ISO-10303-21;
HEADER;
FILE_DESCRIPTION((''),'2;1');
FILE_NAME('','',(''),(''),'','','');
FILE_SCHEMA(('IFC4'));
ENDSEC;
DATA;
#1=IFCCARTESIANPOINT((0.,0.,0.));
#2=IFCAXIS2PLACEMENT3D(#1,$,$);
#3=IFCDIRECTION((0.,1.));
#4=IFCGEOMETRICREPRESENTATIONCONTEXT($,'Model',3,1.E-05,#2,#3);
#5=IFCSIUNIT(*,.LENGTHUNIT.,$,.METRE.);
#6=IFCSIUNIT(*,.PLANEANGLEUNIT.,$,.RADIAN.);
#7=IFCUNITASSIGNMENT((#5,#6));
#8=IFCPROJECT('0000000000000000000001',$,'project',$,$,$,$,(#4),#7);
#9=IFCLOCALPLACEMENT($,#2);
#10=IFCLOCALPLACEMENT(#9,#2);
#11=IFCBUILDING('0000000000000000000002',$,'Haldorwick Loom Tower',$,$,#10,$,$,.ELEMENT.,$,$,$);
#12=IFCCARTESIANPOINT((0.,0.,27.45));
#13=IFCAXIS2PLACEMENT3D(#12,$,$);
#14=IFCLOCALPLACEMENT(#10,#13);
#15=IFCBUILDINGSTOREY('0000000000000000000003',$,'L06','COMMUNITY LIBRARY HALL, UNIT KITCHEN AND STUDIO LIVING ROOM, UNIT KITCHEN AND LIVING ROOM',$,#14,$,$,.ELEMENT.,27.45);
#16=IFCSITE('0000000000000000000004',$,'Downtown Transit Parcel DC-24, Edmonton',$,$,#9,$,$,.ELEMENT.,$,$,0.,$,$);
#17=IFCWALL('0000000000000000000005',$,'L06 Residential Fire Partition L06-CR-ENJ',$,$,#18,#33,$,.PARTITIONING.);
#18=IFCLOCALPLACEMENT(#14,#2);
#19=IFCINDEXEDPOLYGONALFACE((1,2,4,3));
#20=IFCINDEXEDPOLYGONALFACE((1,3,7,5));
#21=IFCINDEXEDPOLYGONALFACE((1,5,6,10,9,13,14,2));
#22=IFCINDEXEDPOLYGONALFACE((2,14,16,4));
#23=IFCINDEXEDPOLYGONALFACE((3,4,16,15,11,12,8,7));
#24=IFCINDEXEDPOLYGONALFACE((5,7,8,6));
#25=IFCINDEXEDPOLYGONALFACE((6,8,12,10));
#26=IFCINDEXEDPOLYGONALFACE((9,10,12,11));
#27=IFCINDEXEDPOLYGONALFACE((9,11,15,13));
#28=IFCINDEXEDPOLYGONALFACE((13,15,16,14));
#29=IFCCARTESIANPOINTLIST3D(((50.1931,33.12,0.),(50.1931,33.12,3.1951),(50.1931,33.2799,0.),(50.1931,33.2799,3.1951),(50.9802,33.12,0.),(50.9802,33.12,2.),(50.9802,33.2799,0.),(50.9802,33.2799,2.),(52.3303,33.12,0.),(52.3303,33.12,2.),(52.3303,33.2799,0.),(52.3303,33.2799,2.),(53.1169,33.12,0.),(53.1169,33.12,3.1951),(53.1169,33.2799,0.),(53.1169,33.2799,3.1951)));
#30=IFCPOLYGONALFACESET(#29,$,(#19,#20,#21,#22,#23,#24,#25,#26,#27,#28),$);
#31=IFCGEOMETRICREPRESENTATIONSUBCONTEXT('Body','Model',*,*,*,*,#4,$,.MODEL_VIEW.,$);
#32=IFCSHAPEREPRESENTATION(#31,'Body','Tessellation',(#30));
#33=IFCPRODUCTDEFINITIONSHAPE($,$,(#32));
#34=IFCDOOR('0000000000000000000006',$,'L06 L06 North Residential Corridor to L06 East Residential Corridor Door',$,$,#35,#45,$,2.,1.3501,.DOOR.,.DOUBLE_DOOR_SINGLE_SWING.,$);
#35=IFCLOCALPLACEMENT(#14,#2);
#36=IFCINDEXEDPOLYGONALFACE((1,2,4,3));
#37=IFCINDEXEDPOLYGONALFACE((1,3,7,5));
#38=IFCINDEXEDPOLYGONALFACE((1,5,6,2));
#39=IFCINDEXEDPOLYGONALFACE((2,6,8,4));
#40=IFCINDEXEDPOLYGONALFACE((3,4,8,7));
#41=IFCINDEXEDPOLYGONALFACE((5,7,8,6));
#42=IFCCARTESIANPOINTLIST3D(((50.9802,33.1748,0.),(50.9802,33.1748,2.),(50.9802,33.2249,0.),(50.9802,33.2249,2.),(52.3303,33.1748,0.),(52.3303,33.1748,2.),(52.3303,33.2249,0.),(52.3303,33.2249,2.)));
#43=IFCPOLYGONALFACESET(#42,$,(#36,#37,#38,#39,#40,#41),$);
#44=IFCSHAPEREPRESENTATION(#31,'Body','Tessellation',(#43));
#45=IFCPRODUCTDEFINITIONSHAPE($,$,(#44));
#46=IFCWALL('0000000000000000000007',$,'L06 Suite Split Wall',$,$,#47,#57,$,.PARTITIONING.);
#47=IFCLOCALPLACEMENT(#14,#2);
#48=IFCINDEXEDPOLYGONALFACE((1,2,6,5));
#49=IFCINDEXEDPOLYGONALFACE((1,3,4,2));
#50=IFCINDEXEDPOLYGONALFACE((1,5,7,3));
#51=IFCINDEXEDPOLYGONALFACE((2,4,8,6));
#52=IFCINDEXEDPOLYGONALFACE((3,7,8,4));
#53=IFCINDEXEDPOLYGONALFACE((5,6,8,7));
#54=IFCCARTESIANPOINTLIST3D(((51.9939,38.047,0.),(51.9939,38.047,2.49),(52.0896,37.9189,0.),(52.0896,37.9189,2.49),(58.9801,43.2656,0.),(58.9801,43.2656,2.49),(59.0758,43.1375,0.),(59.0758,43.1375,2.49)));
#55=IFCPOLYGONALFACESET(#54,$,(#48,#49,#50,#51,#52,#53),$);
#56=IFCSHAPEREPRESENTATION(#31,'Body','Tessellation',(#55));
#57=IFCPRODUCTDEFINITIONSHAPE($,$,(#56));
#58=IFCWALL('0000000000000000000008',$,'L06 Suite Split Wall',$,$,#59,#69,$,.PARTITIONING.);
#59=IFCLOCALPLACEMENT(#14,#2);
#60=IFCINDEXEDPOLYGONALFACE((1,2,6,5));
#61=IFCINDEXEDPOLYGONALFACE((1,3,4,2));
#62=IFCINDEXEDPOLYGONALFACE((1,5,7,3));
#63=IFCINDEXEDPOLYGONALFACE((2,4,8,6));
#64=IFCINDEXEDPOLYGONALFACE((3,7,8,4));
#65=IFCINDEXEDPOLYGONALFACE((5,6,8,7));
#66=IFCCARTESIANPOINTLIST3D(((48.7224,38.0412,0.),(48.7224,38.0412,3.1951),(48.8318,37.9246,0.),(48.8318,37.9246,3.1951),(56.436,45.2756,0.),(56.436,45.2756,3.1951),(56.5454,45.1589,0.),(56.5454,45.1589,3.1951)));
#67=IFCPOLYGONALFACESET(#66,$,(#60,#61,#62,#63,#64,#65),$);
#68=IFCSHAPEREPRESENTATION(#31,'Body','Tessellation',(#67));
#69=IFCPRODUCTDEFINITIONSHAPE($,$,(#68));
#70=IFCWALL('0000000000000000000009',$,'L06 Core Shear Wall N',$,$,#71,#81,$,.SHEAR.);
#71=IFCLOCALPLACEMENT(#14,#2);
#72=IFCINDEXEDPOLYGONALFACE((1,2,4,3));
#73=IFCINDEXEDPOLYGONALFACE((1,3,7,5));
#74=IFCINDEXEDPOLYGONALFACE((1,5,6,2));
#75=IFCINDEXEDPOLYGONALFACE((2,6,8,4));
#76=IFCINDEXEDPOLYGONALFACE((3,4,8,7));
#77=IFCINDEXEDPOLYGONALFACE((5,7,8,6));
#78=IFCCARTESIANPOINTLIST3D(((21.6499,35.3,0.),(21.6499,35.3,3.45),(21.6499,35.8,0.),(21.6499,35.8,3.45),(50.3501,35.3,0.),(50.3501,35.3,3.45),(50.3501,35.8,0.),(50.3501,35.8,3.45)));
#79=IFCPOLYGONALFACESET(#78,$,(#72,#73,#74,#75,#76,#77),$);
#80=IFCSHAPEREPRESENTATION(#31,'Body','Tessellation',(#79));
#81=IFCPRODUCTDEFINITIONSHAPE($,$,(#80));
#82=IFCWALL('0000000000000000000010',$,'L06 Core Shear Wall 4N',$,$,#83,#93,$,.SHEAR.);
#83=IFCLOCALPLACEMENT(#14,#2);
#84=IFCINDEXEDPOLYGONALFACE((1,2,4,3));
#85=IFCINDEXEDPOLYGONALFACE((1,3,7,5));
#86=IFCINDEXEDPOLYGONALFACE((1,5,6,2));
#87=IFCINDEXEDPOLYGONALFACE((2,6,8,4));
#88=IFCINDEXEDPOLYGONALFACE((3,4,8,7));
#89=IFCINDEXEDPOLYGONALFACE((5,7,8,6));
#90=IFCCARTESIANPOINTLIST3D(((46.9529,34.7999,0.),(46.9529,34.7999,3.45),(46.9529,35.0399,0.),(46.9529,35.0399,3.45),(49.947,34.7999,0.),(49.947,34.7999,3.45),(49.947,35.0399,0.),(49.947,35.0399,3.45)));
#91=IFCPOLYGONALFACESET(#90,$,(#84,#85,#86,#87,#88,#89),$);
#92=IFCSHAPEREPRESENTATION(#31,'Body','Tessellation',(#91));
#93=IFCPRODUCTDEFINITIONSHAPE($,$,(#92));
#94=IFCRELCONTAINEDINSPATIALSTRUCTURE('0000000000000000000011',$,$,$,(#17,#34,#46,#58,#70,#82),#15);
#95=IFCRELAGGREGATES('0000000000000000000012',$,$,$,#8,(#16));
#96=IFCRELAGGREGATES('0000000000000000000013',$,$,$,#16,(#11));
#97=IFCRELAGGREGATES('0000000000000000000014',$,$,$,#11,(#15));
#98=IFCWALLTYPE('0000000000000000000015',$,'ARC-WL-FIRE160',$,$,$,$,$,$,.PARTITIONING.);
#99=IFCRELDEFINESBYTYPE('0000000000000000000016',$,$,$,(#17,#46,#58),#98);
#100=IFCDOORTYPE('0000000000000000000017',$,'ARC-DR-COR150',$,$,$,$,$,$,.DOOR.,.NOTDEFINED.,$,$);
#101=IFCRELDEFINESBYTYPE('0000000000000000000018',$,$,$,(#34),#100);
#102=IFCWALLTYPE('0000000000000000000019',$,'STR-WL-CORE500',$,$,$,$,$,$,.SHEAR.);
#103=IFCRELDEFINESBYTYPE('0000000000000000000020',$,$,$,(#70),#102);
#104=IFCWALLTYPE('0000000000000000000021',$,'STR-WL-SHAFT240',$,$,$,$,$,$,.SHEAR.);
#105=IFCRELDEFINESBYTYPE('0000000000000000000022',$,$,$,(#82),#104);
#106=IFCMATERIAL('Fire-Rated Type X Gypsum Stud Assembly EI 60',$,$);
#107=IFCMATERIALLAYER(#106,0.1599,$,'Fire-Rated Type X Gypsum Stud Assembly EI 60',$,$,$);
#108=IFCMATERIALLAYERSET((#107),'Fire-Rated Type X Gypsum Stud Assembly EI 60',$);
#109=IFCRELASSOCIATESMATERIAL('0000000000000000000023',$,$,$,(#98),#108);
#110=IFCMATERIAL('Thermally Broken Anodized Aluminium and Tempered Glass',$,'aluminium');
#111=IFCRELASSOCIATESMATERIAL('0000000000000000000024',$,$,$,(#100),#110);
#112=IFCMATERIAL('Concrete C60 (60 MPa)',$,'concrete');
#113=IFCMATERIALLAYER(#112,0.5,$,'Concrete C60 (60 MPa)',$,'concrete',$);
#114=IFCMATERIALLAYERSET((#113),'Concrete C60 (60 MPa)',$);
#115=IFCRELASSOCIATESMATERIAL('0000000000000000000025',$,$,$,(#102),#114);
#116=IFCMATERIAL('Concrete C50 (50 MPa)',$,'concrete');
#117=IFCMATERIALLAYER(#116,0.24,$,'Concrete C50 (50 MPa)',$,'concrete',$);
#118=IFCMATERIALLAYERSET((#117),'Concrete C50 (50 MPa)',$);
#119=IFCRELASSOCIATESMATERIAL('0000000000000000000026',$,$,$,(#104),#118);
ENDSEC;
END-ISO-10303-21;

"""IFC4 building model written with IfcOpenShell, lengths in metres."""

from ifc_helpers import new_model, si_unit, direction, frame, frame_2d, origin, place, context, subcontext, project, spatial, rectangle, extrude, material, layer, layer_set, type_object, element, fill, save


model = new_model("IFC4")

# Units and contexts
model_context = context("Model", 3, precision=1e-05, world=origin(), true_north=direction((0.0, 1.0)))
body_context = subcontext(model_context, "Body", "Model", "MODEL_VIEW")
ifc_project = project(units=[si_unit("LENGTHUNIT", "METRE"), si_unit("PLANEANGLEUNIT", "RADIAN")], contexts=[model_context])

# Site, building, storey
site_placement = place(None, origin())
site = spatial("IfcSite", under=ifc_project, at=site_placement, Name="Downtown Transit Parcel DC-24, Edmonton", CompositionType="ELEMENT", RefElevation=0.0)
building_placement = place(site_placement, origin())
building = spatial("IfcBuilding", under=site, at=building_placement, Name="Haldorwick Loom Tower", CompositionType="ELEMENT")
storey_placement = place(building_placement, frame((0.0, 0.0, 27.45)))
storey = spatial("IfcBuildingStorey", under=building, at=storey_placement, Name="L06", Description="COMMUNITY LIBRARY HALL, UNIT KITCHEN AND STUDIO LIVING ROOM, UNIT KITCHEN AND LIVING ROOM", CompositionType="ELEMENT", Elevation=27.45)

# Shared definitions
ifc_material_1 = material(Name="Concrete C60 (60 MPa)", Category="concrete")

# Wall, opening, door
ifc_material_2 = material(Name="Fire-Rated Type X Gypsum Stud Assembly EI 60")
ifc_layer_1 = layer(ifc_material_2, 0.1599, Name="Fire-Rated Type X Gypsum Stud Assembly EI 60")
ifc_layer_set_1 = layer_set([ifc_layer_1], Name="Fire-Rated Type X Gypsum Stud Assembly EI 60")
wall_type_1 = type_object("IfcWallType", Name="ARC-WL-FIRE160", PredefinedType="PARTITIONING", material=ifc_layer_set_1)
wall_1_placement = place(storey_placement, frame((50.1931, 33.2, 0.0), z_axis=(0.0, 0.0, 1.0), x_axis=(1.0, 0.0, 0.0)))
wall_1 = element("IfcWall", 1, at=wall_1_placement, inside=storey, type_object=wall_type_1, Name="L06 Residential Fire Partition L06-CR-ENJ", PredefinedType="PARTITIONING", context=body_context, shape_type="SweptSolid", body=[
    extrude(rectangle(XDim=2.9238, YDim=0.1599, at=frame_2d((1.4619, 0.0))), origin(), (0.0, 0.0, 1.0), 3.1951),
])
opening_placement = place(wall_1_placement, frame((0.7871, 0.0, 0.0)))
opening = element("IfcOpeningElement", 2, at=opening_placement, cuts=wall_1, PredefinedType="OPENING", context=body_context, shape_type="SweptSolid", body=[
    extrude(rectangle(XDim=1.3501, YDim=2.0, at=frame_2d((0.675, 1.0))), frame((0.0, 0.0898, 0.0), z_axis=(0.0, -1.0, 0.0), x_axis=(1.0, 0.0, 0.0)), (0.0, 0.0, 1.0), 0.1799),
])
ifc_material_3 = material(Name="Thermally Broken Anodized Aluminium and Tempered Glass", Category="aluminium")
door_type = type_object("IfcDoorType", Name="ARC-DR-COR150", OperationType="NOTDEFINED", PredefinedType="DOOR", material=ifc_material_3)
door_placement = place(opening_placement, origin())
door = element("IfcDoor", 3, at=door_placement, inside=storey, type_object=door_type, Name="L06 L06 North Residential Corridor to L06 East Residential Corridor Door", OperationType="DOUBLE_DOOR_SINGLE_SWING", OverallHeight=2.0, OverallWidth=1.3501, PredefinedType="DOOR", context=body_context, shape_type="SweptSolid", body=[
    extrude(rectangle(XDim=1.3501, YDim=2.0, at=frame_2d((0.675, 1.0))), frame((0.0, 0.0249, 0.0), z_axis=(0.0, -1.0, 0.0), x_axis=(1.0, 0.0, 0.0)), (0.0, 0.0, 1.0), 0.05),
])
fill(opening, door)

# Walls
wall_2_placement = place(storey_placement, frame((52.0417, 37.9829, 0.0), z_axis=(0.0, 0.0, 1.0), x_axis=(0.801154, 0.598458, 0.0)))
element("IfcWall", 4, at=wall_2_placement, inside=storey, type_object=wall_type_1, Name="L06 Suite Split Wall", PredefinedType="PARTITIONING", context=body_context, shape_type="SweptSolid", body=[
    extrude(rectangle(XDim=8.7202, YDim=0.1599, at=frame_2d((4.3601, 0.0))), origin(), (0.0, 0.0, 1.0), 2.49),
])
wall_3_placement = place(storey_placement, frame((48.7771, 37.9829, 0.0), z_axis=(0.0, 0.0, 1.0), x_axis=(0.729403, 0.684085, 0.0)))
element("IfcWall", 5, at=wall_3_placement, inside=storey, type_object=wall_type_1, Name="L06 Suite Split Wall", PredefinedType="PARTITIONING", context=body_context, shape_type="SweptSolid", body=[
    extrude(rectangle(XDim=10.5752, YDim=0.1599, at=frame_2d((5.2876, 0.0))), origin(), (0.0, 0.0, 1.0), 3.1951),
])
ifc_layer_2 = layer(ifc_material_1, 0.5, Name="Concrete C60 (60 MPa)", Category="concrete")
ifc_layer_set_2 = layer_set([ifc_layer_2], Name="Concrete C60 (60 MPa)")
wall_type_2 = type_object("IfcWallType", Name="STR-WL-CORE500", PredefinedType="SHEAR", material=ifc_layer_set_2)
wall_4_placement = place(storey_placement, frame((50.3501, 35.55, 0.0), z_axis=(0.0, 0.0, 1.0), x_axis=(-1.0, 0.0, 0.0)))
element("IfcWall", 6, at=wall_4_placement, inside=storey, type_object=wall_type_2, Name="L06 Core Shear Wall N", PredefinedType="SHEAR", context=body_context, shape_type="SweptSolid", body=[
    extrude(rectangle(XDim=28.7002, YDim=0.5, at=frame_2d((14.3501, 0.0))), origin(), (0.0, 0.0, 1.0), 3.45),
])
ifc_material_4 = material(Name="Concrete C50 (50 MPa)", Category="concrete")
ifc_layer_3 = layer(ifc_material_4, 0.24, Name="Concrete C50 (50 MPa)", Category="concrete")
ifc_layer_set_3 = layer_set([ifc_layer_3], Name="Concrete C50 (50 MPa)")
wall_type_3 = type_object("IfcWallType", Name="STR-WL-SHAFT240", PredefinedType="SHEAR", material=ifc_layer_set_3)
wall_5_placement = place(storey_placement, frame((46.9529, 34.9199, 0.0), z_axis=(0.0, 0.0, 1.0), x_axis=(1.0, 0.0, 0.0)))
element("IfcWall", 7, at=wall_5_placement, inside=storey, type_object=wall_type_3, Name="L06 Core Shear Wall 4N", PredefinedType="SHEAR", context=body_context, shape_type="SweptSolid", body=[
    extrude(rectangle(XDim=2.9941, YDim=0.24, at=frame_2d((1.4971, 0.0))), origin(), (0.0, 0.0, 1.0), 3.45),
])

save(model, "model.ifc")
